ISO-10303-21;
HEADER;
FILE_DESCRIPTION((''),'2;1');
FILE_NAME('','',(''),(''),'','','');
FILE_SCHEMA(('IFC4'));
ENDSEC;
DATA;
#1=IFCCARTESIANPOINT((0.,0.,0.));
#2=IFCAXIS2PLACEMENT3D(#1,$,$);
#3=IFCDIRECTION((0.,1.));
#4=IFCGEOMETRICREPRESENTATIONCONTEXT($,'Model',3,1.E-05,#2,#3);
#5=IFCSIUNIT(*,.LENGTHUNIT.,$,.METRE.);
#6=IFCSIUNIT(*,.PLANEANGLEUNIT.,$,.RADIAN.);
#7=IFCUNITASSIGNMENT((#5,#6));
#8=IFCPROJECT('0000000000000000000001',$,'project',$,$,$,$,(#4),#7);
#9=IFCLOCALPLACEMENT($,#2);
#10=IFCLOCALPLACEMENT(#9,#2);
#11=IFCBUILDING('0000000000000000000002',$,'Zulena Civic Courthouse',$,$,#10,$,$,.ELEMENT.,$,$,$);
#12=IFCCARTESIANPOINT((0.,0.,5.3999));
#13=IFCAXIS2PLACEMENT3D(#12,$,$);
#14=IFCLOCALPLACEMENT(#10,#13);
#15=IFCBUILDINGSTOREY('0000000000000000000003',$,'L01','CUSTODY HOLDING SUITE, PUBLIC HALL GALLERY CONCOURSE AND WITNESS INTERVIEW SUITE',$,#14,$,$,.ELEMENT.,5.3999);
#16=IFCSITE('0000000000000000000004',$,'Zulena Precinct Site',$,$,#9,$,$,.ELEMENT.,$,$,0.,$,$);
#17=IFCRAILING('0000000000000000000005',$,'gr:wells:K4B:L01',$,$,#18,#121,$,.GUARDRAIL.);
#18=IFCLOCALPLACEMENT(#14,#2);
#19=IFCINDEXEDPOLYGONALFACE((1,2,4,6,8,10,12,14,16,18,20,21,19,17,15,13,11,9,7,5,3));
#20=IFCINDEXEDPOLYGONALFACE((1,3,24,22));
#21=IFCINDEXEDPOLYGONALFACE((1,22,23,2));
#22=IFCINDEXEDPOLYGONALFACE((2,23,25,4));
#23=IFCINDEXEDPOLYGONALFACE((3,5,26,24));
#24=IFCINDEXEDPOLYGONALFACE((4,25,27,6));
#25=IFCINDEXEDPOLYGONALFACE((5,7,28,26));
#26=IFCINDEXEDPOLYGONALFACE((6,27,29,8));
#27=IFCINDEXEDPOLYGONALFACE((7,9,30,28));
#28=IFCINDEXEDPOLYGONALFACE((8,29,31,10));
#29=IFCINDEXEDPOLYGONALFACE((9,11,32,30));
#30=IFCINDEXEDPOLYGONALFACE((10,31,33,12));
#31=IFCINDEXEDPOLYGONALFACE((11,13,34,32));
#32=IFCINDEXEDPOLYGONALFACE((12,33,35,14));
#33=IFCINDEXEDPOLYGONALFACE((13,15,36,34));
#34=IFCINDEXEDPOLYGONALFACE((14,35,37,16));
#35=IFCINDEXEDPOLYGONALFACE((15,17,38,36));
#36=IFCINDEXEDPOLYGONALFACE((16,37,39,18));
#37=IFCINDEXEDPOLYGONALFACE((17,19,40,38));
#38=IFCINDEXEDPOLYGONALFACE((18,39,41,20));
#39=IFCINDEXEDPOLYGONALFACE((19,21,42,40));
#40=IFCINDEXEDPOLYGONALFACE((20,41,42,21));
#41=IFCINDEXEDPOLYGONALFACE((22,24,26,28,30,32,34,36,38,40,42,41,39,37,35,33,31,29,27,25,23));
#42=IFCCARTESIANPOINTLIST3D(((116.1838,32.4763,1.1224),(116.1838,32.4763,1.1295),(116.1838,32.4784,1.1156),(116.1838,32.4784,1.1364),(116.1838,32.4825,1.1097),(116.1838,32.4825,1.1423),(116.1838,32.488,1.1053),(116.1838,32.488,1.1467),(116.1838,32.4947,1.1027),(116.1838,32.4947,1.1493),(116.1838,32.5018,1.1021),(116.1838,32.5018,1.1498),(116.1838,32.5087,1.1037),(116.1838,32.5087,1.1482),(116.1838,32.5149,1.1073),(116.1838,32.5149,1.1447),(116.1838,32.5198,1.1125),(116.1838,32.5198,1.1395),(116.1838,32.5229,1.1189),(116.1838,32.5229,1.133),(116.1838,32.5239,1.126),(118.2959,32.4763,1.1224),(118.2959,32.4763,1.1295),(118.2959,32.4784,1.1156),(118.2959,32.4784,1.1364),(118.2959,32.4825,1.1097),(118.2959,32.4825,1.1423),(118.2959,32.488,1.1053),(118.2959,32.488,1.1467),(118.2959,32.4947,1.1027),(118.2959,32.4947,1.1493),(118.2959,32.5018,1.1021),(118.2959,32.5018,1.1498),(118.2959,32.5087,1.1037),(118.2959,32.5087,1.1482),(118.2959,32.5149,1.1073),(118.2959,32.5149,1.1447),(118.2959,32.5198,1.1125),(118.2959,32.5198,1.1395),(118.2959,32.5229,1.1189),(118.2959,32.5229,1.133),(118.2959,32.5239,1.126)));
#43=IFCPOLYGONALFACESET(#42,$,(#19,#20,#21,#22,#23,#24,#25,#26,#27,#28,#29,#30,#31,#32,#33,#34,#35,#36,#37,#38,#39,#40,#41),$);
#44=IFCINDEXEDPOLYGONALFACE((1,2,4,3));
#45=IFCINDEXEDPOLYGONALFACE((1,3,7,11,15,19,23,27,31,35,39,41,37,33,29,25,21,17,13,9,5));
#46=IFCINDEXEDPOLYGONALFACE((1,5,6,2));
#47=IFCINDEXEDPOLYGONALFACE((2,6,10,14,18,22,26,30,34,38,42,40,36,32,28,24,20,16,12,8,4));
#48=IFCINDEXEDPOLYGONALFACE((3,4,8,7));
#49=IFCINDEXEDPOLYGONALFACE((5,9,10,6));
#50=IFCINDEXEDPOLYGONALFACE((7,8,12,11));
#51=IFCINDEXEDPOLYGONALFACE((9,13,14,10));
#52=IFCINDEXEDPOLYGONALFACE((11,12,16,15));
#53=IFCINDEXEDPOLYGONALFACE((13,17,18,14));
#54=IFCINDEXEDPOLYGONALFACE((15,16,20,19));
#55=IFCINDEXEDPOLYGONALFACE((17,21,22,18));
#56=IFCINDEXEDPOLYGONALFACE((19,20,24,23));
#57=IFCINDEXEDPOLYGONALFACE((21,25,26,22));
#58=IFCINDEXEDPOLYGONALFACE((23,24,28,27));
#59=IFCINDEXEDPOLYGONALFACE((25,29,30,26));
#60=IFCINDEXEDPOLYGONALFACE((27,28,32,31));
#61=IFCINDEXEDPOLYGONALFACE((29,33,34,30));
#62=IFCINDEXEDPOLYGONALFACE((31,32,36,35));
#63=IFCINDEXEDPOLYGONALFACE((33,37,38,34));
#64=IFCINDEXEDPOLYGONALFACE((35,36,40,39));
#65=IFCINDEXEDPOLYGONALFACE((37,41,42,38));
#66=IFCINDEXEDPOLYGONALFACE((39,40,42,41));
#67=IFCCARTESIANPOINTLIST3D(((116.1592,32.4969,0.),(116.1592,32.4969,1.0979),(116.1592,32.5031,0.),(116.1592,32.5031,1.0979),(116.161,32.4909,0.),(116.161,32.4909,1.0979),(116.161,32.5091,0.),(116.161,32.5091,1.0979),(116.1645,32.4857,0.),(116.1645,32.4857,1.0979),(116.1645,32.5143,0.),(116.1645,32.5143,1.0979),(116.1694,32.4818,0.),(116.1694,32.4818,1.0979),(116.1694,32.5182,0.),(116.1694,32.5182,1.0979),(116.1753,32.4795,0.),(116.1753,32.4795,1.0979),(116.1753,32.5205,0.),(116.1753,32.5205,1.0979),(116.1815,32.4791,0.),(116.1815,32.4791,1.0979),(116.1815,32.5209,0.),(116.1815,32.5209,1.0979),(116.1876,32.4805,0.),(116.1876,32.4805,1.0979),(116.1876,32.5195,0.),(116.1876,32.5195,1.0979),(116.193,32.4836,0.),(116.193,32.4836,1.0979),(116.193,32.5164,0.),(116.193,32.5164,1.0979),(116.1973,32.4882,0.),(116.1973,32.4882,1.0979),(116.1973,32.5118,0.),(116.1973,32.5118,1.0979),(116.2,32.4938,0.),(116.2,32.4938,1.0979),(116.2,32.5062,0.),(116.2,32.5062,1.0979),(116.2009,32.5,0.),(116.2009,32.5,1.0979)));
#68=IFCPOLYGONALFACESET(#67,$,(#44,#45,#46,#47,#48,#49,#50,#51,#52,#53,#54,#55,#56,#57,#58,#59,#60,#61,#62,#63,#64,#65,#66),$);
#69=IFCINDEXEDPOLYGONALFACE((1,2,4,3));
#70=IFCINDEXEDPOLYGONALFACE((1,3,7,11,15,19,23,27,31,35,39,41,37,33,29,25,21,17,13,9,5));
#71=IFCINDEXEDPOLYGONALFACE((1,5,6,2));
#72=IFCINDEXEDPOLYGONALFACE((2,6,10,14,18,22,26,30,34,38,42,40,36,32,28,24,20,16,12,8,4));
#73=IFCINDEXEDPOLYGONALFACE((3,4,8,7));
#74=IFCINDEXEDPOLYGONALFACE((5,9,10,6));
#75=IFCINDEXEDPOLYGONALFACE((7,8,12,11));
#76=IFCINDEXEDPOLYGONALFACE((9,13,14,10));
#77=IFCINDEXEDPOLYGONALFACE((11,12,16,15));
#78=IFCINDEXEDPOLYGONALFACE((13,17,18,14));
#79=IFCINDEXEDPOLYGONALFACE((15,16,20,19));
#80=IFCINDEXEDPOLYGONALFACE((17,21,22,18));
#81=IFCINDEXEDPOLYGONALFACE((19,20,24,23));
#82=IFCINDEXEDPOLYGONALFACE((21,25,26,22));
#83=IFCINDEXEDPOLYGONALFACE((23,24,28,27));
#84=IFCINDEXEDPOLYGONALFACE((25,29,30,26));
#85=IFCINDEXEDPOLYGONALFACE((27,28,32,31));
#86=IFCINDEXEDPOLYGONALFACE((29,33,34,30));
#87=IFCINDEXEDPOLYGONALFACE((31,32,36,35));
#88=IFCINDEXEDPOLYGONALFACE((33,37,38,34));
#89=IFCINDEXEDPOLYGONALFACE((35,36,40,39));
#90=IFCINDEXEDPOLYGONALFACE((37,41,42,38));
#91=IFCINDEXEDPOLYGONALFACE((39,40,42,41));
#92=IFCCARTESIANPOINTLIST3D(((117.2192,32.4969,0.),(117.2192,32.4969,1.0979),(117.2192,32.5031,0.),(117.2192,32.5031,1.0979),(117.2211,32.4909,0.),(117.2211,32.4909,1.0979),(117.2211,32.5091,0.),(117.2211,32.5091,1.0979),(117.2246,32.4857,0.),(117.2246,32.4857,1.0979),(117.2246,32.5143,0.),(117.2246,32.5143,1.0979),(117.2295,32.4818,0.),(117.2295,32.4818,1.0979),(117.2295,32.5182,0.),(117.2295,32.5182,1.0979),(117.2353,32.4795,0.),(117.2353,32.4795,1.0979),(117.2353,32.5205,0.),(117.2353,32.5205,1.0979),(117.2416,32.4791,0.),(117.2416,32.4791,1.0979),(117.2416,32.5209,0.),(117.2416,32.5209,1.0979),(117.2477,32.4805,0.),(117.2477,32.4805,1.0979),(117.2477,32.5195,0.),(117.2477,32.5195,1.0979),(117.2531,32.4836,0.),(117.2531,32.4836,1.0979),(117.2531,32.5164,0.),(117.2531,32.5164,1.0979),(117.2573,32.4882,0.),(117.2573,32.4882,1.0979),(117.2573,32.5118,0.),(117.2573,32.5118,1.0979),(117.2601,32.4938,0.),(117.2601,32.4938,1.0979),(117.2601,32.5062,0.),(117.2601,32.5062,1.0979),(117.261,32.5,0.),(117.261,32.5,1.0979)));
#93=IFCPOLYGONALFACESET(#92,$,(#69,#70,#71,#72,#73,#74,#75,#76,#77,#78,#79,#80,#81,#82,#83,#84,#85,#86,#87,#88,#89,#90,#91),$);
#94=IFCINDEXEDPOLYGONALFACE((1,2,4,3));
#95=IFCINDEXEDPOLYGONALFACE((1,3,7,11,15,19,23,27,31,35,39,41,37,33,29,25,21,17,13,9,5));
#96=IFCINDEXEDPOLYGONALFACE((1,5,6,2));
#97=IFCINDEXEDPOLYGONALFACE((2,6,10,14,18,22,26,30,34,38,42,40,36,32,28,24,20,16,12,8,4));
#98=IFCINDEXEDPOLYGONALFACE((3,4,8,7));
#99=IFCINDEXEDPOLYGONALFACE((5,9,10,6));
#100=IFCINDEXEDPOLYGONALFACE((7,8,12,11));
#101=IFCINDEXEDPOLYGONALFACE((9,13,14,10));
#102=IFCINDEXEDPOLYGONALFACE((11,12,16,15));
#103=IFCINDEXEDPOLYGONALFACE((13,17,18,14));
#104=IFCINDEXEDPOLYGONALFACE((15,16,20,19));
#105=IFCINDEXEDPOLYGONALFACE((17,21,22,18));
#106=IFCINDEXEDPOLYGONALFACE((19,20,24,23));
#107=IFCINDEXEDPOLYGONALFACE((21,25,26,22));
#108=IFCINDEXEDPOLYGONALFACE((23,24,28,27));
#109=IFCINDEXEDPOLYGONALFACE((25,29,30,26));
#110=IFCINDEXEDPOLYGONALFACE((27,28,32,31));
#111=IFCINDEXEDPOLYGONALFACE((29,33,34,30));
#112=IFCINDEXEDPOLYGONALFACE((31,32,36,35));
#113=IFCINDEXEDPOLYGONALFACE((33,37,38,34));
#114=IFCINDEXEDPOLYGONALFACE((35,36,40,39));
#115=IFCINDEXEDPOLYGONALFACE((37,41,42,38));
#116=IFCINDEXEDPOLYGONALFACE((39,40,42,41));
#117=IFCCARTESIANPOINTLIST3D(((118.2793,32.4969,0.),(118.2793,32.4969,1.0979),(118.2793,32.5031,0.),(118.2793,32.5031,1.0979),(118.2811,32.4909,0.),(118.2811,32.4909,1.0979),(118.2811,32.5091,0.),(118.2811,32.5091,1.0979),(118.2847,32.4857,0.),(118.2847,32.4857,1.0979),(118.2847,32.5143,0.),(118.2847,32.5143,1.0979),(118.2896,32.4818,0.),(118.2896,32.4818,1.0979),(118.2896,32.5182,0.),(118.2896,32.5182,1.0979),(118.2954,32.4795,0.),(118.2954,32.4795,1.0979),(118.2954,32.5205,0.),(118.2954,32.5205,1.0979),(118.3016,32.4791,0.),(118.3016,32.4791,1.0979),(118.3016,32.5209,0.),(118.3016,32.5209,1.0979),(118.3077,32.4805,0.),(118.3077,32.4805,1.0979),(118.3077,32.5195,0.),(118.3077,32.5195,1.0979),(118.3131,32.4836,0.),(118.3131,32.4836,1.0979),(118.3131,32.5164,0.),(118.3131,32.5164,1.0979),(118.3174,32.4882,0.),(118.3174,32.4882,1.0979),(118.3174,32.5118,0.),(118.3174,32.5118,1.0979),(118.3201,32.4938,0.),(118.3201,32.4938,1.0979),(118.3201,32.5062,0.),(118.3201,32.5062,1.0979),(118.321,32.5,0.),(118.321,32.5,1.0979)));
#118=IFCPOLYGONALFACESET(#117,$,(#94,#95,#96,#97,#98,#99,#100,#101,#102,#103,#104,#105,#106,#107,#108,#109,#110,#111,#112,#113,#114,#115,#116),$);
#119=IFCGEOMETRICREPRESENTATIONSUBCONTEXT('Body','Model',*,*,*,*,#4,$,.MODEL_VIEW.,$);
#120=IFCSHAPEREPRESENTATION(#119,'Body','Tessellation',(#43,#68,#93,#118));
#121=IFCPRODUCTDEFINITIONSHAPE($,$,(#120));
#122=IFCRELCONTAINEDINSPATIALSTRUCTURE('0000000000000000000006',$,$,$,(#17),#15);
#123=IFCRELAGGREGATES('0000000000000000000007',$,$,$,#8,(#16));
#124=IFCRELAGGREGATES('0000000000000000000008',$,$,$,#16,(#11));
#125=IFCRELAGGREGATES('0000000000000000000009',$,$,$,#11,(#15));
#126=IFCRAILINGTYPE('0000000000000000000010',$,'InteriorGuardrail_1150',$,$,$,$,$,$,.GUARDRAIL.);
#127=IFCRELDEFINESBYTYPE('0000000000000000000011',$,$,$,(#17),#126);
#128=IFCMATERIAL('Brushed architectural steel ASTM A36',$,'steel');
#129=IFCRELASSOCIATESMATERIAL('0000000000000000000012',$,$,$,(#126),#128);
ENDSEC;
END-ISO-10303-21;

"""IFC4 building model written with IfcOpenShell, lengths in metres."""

from ifc_helpers import new_model, si_unit, direction, frame, origin, origin_2d, place, context, subcontext, project, spatial, circle, extrude, material, type_object, element, save


model = new_model("IFC4")

# Units and contexts
model_context = context("Model", 3, precision=1e-05, world=origin(), true_north=direction((0.0, 1.0)))
body_context = subcontext(model_context, "Body", "Model", "MODEL_VIEW")
ifc_project = project(units=[si_unit("LENGTHUNIT", "METRE"), si_unit("PLANEANGLEUNIT", "RADIAN")], contexts=[model_context])

# Site, building, storey
site_placement = place(None, origin())
site = spatial("IfcSite", under=ifc_project, at=site_placement, Name="Zulena Precinct Site", CompositionType="ELEMENT", RefElevation=0.0)
building_placement = place(site_placement, origin())
building = spatial("IfcBuilding", under=site, at=building_placement, Name="Zulena Civic Courthouse", CompositionType="ELEMENT")
storey_placement = place(building_placement, frame((0.0, 0.0, 5.3999)))
storey = spatial("IfcBuildingStorey", under=building, at=storey_placement, Name="L01", Description="CUSTODY HOLDING SUITE, PUBLIC HALL GALLERY CONCOURSE AND WITNESS INTERVIEW SUITE", CompositionType="ELEMENT", Elevation=5.3999)

# Railing
ifc_material_1 = material(Name="Brushed architectural steel ASTM A36", Category="steel")
railing_type = type_object("IfcRailingType", Name="InteriorGuardrail_1150", PredefinedType="GUARDRAIL", material=ifc_material_1)
railing_1_placement = place(storey_placement, frame((116.1799, 32.5, 0.0)))
element("IfcRailing", 1, at=railing_1_placement, inside=storey, type_object=railing_type, Name="gr:wells:K4B:L01", PredefinedType="GUARDRAIL", context=body_context, shape_type="SweptSolid", body=[
    extrude(circle(Radius=0.0239, at=origin_2d()), frame((0.0039, 0.0, 1.126), z_axis=(1.0, 0.0, 0.0), x_axis=(0.0, 1.0, 0.0)), (0.0, 0.0, 1.0), 2.1121),
    extrude(circle(Radius=0.021, at=origin_2d()), origin(), (0.0, 0.0, 1.0), 1.0979),
    extrude(circle(Radius=0.021, at=origin_2d()), frame((1.0601, 0.0, 0.0)), (0.0, 0.0, 1.0), 1.0979),
    extrude(circle(Radius=0.021, at=origin_2d()), frame((2.1201, 0.0, 0.0)), (0.0, 0.0, 1.0), 1.0979),
])

save(model, "model.ifc")
